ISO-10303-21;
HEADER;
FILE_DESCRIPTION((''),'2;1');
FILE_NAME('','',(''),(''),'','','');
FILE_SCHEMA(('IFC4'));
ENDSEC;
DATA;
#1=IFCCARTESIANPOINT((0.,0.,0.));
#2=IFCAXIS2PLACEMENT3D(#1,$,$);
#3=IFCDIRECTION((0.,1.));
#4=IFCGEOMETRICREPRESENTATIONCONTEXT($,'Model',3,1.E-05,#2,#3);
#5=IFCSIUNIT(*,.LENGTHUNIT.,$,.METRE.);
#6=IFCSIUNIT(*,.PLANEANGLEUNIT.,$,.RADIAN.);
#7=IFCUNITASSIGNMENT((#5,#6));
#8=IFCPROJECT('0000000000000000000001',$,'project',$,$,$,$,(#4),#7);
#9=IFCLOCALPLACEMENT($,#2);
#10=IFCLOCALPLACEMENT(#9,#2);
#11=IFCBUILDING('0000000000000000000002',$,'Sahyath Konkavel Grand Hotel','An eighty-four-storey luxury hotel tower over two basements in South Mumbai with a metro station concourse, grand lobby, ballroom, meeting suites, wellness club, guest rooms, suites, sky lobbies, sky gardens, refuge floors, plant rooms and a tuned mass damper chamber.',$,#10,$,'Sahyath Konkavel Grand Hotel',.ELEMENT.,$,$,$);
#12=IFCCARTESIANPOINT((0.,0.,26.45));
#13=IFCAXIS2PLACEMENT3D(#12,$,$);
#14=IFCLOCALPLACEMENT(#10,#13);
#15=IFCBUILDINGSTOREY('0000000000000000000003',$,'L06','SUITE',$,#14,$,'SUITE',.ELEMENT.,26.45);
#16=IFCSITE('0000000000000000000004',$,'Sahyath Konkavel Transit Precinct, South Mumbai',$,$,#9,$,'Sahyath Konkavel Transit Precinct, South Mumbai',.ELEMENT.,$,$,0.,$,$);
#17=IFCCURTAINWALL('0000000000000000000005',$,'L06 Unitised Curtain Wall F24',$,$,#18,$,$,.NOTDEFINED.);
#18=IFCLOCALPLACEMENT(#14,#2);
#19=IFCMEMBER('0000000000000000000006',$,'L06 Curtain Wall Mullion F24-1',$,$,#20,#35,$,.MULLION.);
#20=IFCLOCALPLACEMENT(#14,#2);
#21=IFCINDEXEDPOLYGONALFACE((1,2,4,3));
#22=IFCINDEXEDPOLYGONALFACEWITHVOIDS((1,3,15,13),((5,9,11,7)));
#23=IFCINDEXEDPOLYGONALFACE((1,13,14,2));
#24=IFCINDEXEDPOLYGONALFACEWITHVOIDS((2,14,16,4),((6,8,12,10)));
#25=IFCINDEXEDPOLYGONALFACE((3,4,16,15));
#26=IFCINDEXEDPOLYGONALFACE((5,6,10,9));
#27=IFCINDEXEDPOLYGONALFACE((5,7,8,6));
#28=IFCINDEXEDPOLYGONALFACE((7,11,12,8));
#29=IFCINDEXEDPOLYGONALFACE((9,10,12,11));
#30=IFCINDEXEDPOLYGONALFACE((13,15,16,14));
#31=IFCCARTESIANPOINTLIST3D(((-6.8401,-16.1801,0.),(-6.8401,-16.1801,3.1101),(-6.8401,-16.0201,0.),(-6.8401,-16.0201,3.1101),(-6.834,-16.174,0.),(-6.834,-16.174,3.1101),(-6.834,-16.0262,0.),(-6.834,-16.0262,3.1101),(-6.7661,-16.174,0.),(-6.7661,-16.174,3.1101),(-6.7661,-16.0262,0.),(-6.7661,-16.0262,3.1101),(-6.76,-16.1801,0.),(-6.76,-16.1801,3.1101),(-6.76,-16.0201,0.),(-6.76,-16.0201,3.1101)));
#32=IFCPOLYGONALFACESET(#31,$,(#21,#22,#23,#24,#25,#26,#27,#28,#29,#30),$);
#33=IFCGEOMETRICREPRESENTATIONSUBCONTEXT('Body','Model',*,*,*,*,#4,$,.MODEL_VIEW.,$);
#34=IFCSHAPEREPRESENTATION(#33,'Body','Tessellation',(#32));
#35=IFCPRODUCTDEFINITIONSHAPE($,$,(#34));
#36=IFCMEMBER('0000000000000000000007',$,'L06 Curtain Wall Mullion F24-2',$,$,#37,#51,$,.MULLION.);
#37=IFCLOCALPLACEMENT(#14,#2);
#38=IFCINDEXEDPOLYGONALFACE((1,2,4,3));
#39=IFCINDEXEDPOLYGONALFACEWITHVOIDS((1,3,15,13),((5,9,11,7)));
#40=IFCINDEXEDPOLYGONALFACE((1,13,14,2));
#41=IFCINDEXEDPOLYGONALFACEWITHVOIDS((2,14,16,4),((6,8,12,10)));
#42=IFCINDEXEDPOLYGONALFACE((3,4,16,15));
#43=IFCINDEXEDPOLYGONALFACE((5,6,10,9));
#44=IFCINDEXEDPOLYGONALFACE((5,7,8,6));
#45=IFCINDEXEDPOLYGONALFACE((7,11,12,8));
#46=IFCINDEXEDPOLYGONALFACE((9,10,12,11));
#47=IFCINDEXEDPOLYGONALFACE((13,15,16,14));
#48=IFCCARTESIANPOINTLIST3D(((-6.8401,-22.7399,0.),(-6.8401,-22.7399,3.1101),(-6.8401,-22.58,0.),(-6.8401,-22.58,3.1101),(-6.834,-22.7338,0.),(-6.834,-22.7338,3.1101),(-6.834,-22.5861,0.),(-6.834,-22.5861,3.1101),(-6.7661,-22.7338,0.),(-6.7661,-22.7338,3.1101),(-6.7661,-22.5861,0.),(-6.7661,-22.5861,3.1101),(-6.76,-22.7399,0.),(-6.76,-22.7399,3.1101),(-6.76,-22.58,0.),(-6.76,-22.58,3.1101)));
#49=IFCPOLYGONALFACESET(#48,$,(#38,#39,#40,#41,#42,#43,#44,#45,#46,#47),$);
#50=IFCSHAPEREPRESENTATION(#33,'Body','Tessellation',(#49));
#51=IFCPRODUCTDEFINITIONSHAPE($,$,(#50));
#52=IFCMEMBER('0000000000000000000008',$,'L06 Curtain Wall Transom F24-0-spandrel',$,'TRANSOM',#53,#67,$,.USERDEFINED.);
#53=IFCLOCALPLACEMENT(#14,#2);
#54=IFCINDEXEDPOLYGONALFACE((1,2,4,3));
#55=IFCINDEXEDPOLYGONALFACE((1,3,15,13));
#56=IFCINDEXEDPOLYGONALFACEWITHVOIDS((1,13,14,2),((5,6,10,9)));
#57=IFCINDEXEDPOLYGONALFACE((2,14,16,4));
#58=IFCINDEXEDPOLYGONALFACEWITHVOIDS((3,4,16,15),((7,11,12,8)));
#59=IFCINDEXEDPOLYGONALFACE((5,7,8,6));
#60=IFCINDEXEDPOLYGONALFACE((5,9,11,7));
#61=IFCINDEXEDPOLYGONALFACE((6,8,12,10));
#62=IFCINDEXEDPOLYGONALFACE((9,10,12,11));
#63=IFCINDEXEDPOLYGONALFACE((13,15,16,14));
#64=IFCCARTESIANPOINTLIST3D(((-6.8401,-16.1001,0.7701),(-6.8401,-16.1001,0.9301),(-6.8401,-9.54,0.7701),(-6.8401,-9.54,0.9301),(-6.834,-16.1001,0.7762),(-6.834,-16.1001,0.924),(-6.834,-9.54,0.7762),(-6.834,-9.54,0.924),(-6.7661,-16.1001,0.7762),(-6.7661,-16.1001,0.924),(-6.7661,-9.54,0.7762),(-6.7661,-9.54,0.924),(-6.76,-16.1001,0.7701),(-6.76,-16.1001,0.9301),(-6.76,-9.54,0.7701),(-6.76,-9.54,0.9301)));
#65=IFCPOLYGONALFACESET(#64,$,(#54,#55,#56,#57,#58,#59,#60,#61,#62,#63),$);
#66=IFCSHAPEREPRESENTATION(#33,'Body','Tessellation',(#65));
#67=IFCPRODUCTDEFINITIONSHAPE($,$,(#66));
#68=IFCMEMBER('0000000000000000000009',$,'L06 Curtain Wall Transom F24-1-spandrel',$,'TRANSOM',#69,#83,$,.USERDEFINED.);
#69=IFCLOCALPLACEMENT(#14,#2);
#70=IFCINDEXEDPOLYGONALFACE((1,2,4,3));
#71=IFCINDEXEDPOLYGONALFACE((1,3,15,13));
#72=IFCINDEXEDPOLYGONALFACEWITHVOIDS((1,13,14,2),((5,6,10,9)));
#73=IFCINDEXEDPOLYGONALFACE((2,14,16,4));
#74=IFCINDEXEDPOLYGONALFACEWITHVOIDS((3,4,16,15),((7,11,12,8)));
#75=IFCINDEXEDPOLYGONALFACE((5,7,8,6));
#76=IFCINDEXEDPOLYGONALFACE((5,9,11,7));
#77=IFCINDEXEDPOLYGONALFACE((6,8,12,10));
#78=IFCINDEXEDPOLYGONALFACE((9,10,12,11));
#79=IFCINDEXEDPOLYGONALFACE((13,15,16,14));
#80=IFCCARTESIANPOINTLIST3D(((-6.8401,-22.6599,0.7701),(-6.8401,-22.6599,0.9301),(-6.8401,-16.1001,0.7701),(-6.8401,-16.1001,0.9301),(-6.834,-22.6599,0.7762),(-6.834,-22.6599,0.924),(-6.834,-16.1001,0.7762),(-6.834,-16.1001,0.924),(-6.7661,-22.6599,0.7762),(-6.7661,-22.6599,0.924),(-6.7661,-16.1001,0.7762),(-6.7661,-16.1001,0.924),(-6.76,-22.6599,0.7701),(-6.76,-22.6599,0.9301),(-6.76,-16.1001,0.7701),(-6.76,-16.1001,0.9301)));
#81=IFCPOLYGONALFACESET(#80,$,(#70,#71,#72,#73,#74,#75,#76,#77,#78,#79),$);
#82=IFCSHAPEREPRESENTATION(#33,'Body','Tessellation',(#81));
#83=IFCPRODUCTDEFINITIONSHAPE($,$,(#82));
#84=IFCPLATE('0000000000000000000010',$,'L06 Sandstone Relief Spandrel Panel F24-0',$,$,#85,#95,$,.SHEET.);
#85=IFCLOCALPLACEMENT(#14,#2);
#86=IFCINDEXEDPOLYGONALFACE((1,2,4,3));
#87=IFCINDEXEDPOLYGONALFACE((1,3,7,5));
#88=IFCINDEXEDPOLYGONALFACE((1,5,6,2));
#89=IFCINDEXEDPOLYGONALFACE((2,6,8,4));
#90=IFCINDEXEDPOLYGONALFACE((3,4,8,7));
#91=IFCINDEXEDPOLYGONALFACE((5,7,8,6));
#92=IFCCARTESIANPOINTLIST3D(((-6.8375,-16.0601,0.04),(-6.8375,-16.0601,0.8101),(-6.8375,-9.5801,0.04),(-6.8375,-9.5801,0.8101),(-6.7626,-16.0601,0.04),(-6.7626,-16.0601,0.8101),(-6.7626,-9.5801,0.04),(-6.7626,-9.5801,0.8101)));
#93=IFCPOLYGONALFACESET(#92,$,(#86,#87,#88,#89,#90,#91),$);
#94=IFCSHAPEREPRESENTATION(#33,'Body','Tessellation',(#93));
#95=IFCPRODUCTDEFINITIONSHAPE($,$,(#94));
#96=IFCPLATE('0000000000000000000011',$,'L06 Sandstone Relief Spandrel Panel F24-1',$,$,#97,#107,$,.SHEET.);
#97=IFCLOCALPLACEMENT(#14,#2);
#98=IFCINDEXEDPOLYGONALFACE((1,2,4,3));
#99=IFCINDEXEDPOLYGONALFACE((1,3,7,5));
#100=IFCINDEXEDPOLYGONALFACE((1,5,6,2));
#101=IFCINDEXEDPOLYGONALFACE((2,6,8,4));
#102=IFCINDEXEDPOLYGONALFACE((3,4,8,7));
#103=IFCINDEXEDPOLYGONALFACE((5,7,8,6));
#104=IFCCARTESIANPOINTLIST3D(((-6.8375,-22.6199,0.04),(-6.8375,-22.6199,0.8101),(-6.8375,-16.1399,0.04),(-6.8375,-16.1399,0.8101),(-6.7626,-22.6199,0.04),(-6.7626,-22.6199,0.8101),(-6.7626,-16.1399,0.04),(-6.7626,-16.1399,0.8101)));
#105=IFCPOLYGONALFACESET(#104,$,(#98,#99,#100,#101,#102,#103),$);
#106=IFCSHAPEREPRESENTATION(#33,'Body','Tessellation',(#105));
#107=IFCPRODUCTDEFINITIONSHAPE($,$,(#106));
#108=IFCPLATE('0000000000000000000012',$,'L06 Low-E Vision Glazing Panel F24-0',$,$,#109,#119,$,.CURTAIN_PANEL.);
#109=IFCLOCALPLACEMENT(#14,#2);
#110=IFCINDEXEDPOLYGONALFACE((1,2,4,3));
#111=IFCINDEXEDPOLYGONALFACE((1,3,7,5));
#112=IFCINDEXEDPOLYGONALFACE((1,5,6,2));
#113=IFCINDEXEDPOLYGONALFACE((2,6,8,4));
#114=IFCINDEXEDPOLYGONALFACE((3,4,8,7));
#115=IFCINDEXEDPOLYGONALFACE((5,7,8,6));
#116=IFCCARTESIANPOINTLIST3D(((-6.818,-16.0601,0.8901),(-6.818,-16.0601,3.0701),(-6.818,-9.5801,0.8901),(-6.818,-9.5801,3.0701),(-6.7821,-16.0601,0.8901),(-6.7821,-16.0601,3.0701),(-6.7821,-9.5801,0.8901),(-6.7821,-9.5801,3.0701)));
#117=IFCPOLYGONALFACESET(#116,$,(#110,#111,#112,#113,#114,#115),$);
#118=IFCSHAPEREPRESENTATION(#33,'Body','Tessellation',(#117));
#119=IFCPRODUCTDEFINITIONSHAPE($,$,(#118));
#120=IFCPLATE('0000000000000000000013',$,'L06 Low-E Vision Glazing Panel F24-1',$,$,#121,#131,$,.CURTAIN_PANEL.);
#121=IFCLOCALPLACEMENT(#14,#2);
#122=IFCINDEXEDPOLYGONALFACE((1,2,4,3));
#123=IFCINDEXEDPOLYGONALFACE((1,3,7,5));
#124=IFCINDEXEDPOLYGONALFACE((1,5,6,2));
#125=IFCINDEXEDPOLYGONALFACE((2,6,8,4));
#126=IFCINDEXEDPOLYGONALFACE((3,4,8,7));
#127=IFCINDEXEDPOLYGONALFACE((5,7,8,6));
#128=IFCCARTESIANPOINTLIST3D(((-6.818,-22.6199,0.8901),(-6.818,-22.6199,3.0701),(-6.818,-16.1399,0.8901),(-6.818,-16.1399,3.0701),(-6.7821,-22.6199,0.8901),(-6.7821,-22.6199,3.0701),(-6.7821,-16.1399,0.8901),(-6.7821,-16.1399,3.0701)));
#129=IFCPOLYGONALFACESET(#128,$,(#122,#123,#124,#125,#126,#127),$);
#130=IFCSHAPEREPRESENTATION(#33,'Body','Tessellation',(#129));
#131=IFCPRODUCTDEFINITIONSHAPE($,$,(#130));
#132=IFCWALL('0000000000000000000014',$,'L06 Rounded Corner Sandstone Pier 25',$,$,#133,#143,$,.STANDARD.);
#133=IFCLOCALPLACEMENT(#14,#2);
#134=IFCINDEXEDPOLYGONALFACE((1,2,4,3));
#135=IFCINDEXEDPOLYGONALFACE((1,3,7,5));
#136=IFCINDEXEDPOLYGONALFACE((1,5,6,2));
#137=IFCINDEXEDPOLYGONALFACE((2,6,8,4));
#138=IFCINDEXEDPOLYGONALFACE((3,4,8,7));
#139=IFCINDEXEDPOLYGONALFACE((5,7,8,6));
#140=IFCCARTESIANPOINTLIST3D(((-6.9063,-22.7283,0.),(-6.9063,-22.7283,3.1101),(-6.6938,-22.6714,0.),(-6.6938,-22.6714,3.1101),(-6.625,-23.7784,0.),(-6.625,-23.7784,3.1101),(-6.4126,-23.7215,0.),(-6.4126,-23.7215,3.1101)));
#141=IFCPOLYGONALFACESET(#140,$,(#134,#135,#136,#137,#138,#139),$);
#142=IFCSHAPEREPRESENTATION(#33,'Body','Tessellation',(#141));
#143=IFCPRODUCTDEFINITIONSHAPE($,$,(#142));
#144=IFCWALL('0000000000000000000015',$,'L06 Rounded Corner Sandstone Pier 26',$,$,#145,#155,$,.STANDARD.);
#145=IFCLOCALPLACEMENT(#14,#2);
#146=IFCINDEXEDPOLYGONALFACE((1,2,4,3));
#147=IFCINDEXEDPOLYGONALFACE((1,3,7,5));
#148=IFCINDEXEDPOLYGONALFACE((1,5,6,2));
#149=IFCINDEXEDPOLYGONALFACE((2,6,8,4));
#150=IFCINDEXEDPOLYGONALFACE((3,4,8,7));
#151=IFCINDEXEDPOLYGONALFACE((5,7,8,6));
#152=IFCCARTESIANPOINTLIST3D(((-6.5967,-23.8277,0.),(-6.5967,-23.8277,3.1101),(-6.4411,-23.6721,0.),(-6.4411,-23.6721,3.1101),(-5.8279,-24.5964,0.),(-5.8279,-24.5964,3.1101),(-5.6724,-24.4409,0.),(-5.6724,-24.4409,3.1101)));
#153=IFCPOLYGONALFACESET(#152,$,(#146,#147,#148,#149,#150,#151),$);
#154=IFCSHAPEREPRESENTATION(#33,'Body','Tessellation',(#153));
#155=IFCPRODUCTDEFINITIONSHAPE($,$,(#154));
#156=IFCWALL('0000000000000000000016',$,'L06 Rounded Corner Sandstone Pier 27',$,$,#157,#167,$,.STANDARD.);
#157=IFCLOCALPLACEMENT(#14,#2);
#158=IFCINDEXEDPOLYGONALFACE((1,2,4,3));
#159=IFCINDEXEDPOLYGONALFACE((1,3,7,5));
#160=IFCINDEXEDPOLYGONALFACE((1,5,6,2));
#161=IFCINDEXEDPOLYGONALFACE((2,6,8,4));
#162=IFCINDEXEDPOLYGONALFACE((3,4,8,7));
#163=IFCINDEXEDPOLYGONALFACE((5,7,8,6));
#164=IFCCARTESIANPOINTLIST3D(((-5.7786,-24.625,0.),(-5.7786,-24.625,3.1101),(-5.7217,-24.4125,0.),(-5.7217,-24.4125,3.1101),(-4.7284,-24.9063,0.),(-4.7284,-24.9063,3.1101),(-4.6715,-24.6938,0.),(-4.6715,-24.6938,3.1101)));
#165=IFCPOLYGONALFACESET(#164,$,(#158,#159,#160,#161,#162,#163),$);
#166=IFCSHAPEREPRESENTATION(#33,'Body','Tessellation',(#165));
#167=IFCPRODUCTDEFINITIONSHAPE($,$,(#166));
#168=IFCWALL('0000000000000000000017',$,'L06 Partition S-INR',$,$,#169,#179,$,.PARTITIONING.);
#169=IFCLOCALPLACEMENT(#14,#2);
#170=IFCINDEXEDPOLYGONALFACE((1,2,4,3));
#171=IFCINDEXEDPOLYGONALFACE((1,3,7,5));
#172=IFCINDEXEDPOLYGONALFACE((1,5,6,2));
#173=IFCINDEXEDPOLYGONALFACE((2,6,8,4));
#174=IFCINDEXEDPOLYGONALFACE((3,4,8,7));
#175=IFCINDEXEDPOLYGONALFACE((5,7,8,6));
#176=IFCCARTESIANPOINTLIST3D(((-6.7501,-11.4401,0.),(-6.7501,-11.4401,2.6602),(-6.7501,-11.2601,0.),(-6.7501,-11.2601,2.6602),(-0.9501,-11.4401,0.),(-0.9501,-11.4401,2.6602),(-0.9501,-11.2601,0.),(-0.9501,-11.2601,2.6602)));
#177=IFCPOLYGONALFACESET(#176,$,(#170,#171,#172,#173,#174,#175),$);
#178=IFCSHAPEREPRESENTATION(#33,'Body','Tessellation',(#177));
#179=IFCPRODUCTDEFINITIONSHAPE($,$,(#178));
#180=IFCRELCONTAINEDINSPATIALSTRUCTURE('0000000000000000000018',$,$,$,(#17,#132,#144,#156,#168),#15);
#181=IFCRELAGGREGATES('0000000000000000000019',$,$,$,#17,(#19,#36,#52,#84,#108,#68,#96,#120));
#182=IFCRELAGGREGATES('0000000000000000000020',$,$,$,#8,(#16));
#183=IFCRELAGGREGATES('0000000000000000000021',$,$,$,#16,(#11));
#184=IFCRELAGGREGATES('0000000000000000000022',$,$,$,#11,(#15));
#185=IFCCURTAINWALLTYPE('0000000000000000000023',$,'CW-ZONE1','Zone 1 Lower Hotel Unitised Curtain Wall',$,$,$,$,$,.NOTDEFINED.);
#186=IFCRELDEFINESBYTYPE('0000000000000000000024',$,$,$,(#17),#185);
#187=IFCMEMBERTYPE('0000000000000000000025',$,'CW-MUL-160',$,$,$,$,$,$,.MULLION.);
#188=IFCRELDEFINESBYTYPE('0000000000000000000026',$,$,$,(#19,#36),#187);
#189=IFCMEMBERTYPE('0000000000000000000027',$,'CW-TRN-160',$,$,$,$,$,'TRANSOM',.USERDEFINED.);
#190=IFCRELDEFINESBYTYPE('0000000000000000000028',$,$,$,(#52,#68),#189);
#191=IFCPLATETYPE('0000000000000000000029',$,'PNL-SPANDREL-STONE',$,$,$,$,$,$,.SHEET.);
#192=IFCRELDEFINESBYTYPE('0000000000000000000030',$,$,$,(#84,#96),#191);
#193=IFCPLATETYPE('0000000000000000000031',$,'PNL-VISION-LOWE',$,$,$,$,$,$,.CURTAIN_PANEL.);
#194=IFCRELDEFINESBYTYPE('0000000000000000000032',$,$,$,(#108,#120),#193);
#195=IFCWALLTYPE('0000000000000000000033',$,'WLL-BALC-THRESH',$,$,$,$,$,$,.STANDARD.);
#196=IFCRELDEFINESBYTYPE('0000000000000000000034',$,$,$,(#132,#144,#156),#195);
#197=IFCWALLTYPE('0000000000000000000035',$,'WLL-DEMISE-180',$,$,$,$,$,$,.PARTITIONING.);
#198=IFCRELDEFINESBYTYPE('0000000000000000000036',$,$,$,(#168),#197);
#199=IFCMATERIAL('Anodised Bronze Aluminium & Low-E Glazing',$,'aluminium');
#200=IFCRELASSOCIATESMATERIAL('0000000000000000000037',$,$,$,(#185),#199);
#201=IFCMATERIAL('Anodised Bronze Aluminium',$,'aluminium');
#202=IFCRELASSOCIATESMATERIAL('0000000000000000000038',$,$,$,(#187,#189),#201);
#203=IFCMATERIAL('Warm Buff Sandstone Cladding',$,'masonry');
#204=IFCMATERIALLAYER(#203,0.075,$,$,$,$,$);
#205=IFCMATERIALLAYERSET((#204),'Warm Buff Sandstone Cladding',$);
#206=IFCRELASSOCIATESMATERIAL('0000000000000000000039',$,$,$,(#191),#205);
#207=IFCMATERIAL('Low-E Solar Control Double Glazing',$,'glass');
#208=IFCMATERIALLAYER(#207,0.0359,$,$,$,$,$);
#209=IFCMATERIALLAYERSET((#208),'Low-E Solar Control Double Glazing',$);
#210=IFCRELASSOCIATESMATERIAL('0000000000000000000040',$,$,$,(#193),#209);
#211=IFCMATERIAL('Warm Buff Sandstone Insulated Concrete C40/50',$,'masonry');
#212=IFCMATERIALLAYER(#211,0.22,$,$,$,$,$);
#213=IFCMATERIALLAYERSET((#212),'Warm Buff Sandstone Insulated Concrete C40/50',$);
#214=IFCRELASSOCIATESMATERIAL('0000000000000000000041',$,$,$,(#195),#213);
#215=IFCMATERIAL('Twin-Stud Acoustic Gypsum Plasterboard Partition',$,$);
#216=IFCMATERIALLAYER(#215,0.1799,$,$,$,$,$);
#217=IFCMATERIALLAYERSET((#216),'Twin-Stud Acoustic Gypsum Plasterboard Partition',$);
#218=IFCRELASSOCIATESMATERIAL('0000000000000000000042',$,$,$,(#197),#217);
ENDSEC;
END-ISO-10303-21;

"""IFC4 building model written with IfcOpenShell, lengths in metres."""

from ifc_helpers import new_model, si_unit, direction, frame, frame_2d, origin, origin_2d, place, context, subcontext, project, spatial, rectangle, hollow_rectangle, extrude, source, transform, mapped, material, layer, layer_set, material_profile, profile_set, type_object, element, aggregate, save


model = new_model("IFC4")

# Units and contexts
model_context = context("Model", 3, precision=1e-05, world=origin(), true_north=direction((0.0, 1.0)))
body_context = subcontext(model_context, "Body", "Model", "MODEL_VIEW")
ifc_project = project(units=[si_unit("LENGTHUNIT", "METRE"), si_unit("PLANEANGLEUNIT", "RADIAN")], contexts=[model_context])

# Site, building, storey
site_placement = place(None, origin())
site = spatial("IfcSite", under=ifc_project, at=site_placement, Name="Sahyath Konkavel Transit Precinct, South Mumbai", LongName="Sahyath Konkavel Transit Precinct, South Mumbai", CompositionType="ELEMENT", RefElevation=0.0)
building_placement = place(site_placement, origin())
building = spatial("IfcBuilding", under=site, at=building_placement, Name="Sahyath Konkavel Grand Hotel", Description="An eighty-four-storey luxury hotel tower over two basements in South Mumbai with a metro station concourse, grand lobby, ballroom, meeting suites, wellness club, guest rooms, suites, sky lobbies, sky gardens, refuge floors, plant rooms and a tuned mass damper chamber.", LongName="Sahyath Konkavel Grand Hotel", CompositionType="ELEMENT")
storey_placement = place(building_placement, frame((0.0, 0.0, 26.45)))
storey = spatial("IfcBuildingStorey", under=building, at=storey_placement, Name="L06", Description="SUITE", LongName="SUITE", CompositionType="ELEMENT", Elevation=26.45)

# Curtain wall
ifc_material_1 = material(Name="Anodised Bronze Aluminium & Low-E Glazing", Category="aluminium")
curtain_wall_type = type_object("IfcCurtainWallType", Name="CW-ZONE1", Description="Zone 1 Lower Hotel Unitised Curtain Wall", PredefinedType="NOTDEFINED", material=ifc_material_1)
curtain_wall_1_placement = place(storey_placement, origin())
curtain_wall_1 = element("IfcCurtainWall", 1, at=curtain_wall_1_placement, inside=storey, type_object=curtain_wall_type, Name="L06 Unitised Curtain Wall F24", PredefinedType="NOTDEFINED")

# Members
ifc_material_2 = material(Name="Anodised Bronze Aluminium", Category="aluminium")
ifc_material_profile_1 = material_profile(ifc_material_2, hollow_rectangle(XDim=0.0801, YDim=0.1599, WallThickness=0.0061, at=origin_2d()), Name="RHS 160x80x6")
ifc_profile_set_1 = profile_set([ifc_material_profile_1], Name="Anodised Bronze Aluminium")
member_type_1 = type_object("IfcMemberType", Name="CW-MUL-160", PredefinedType="MULLION", material=ifc_profile_set_1)
shared_shape_1 = source(origin(), body_context, "Body", "SweptSolid", [
    extrude(hollow_rectangle(XDim=0.0801, YDim=0.1599, WallThickness=0.0061, at=origin_2d()), origin(), (0.0, 0.0, 1.0), 3.1101),
])
member_1_placement = place(storey_placement, frame((-6.8, -16.1001, 0.0), z_axis=(0.0, 0.0, 1.0), x_axis=(1.0, 0.0, 0.0)))
member_1 = element("IfcMember", 2, at=member_1_placement, type_object=member_type_1, Name="L06 Curtain Wall Mullion F24-1", PredefinedType="MULLION", context=body_context, shape_type="MappedRepresentation", body=[
    mapped(shared_shape_1, transform((0.0, 0.0, 0.0), scale=1.0)),
])
member_2_placement = place(storey_placement, frame((-6.8, -22.6599, 0.0), z_axis=(0.0, 0.0, 1.0), x_axis=(1.0, 0.0, 0.0)))
member_2 = element("IfcMember", 3, at=member_2_placement, type_object=member_type_1, Name="L06 Curtain Wall Mullion F24-2", PredefinedType="MULLION", context=body_context, shape_type="MappedRepresentation", body=[
    mapped(shared_shape_1, transform((0.0, 0.0, 0.0), scale=1.0)),
])
ifc_material_profile_2 = material_profile(ifc_material_2, hollow_rectangle(XDim=0.0801, YDim=0.1599, WallThickness=0.0061, at=origin_2d()), Name="RHS 160x80x6")
ifc_profile_set_2 = profile_set([ifc_material_profile_2], Name="Anodised Bronze Aluminium")
member_type_2 = type_object("IfcMemberType", Name="CW-TRN-160", ElementType="TRANSOM", PredefinedType="USERDEFINED", material=ifc_profile_set_2)
shared_shape_2 = source(origin(), body_context, "Body", "SweptSolid", [
    extrude(hollow_rectangle(XDim=0.0801, YDim=0.1599, WallThickness=0.0061, at=origin_2d()), origin(), (0.0, 0.0, 1.0), 6.5601),
])
member_3_placement = place(storey_placement, frame((-6.8, -9.54, 0.8501), z_axis=(0.0, -1.0, 0.0), x_axis=(1.0, 0.0, 0.0)))
member_3 = element("IfcMember", 4, at=member_3_placement, type_object=member_type_2, Name="L06 Curtain Wall Transom F24-0-spandrel", ObjectType="TRANSOM", PredefinedType="USERDEFINED", context=body_context, shape_type="MappedRepresentation", body=[
    mapped(shared_shape_2, transform((0.0, 0.0, 0.0), scale=1.0)),
])
shared_shape_3 = source(origin(), body_context, "Body", "SweptSolid", [
    extrude(hollow_rectangle(XDim=0.0801, YDim=0.1599, WallThickness=0.0061, at=origin_2d()), origin(), (0.0, 0.0, 1.0), 6.5598),
])
member_4_placement = place(storey_placement, frame((-6.8, -16.1001, 0.8501), z_axis=(0.0, -1.0, 0.0), x_axis=(1.0, 0.0, 0.0)))
member_4 = element("IfcMember", 5, at=member_4_placement, type_object=member_type_2, Name="L06 Curtain Wall Transom F24-1-spandrel", ObjectType="TRANSOM", PredefinedType="USERDEFINED", context=body_context, shape_type="MappedRepresentation", body=[
    mapped(shared_shape_3, transform((0.0, 0.0, 0.0), scale=1.0)),
])

# Plates
ifc_material_3 = material(Name="Warm Buff Sandstone Cladding", Category="masonry")
ifc_layer_1 = layer(ifc_material_3, 0.075)
ifc_layer_set_1 = layer_set([ifc_layer_1], Name="Warm Buff Sandstone Cladding")
plate_type_1 = type_object("IfcPlateType", Name="PNL-SPANDREL-STONE", PredefinedType="SHEET", material=ifc_layer_set_1)
shared_shape_4 = source(origin(), body_context, "Body", "SweptSolid", [
    extrude(rectangle(XDim=6.48, YDim=0.075, at=origin_2d()), origin(), (0.0, 0.0, 1.0), 0.77),
])
plate_1_placement = place(storey_placement, frame((-6.8, -12.8201, 0.04), z_axis=(0.0, 0.0, 1.0), x_axis=(0.0, -1.0, 0.0)))
plate_1 = element("IfcPlate", 6, at=plate_1_placement, type_object=plate_type_1, Name="L06 Sandstone Relief Spandrel Panel F24-0", PredefinedType="SHEET", context=body_context, shape_type="MappedRepresentation", body=[
    mapped(shared_shape_4, transform((0.0, 0.0, 0.0), scale=1.0)),
])
plate_2_placement = place(storey_placement, frame((-6.8, -19.3799, 0.04), z_axis=(0.0, 0.0, 1.0), x_axis=(0.0, -1.0, 0.0)))
plate_2 = element("IfcPlate", 7, at=plate_2_placement, type_object=plate_type_1, Name="L06 Sandstone Relief Spandrel Panel F24-1", PredefinedType="SHEET", context=body_context, shape_type="MappedRepresentation", body=[
    mapped(shared_shape_4, transform((0.0, 0.0, 0.0), scale=1.0)),
])
ifc_material_4 = material(Name="Low-E Solar Control Double Glazing", Category="glass")
ifc_layer_2 = layer(ifc_material_4, 0.0359)
ifc_layer_set_2 = layer_set([ifc_layer_2], Name="Low-E Solar Control Double Glazing")
plate_type_2 = type_object("IfcPlateType", Name="PNL-VISION-LOWE", PredefinedType="CURTAIN_PANEL", material=ifc_layer_set_2)
shared_shape_5 = source(origin(), body_context, "Body", "SweptSolid", [
    extrude(rectangle(XDim=6.48, YDim=0.0359, at=origin_2d()), origin(), (0.0, 0.0, 1.0), 2.1799),
])
plate_3_placement = place(storey_placement, frame((-6.8, -12.8201, 0.8901), z_axis=(0.0, 0.0, 1.0), x_axis=(0.0, -1.0, 0.0)))
plate_3 = element("IfcPlate", 8, at=plate_3_placement, type_object=plate_type_2, Name="L06 Low-E Vision Glazing Panel F24-0", PredefinedType="CURTAIN_PANEL", context=body_context, shape_type="MappedRepresentation", body=[
    mapped(shared_shape_5, transform((0.0, 0.0, 0.0), scale=1.0)),
])
plate_4_placement = place(storey_placement, frame((-6.8, -19.3799, 0.8901), z_axis=(0.0, 0.0, 1.0), x_axis=(0.0, -1.0, 0.0)))
plate_4 = element("IfcPlate", 9, at=plate_4_placement, type_object=plate_type_2, Name="L06 Low-E Vision Glazing Panel F24-1", PredefinedType="CURTAIN_PANEL", context=body_context, shape_type="MappedRepresentation", body=[
    mapped(shared_shape_5, transform((0.0, 0.0, 0.0), scale=1.0)),
])
aggregate(curtain_wall_1, [member_1, member_2, member_3, plate_1, plate_3, member_4, plate_2, plate_4])

# Walls
ifc_material_5 = material(Name="Warm Buff Sandstone Insulated Concrete C40/50", Category="masonry")
ifc_layer_3 = layer(ifc_material_5, 0.22)
ifc_layer_set_3 = layer_set([ifc_layer_3], Name="Warm Buff Sandstone Insulated Concrete C40/50")
wall_type_1 = type_object("IfcWallType", Name="WLL-BALC-THRESH", PredefinedType="STANDARD", material=ifc_layer_set_3)
for number, where, z_axis, x_axis, name in (
    (10, (-6.8, -22.7, 0.0), (0.0, 0.0, 1.0), (0.258725, -0.965951, 0.0), "L06 Rounded Corner Sandstone Pier 25"),
    (11, (-6.5188, -23.75, 0.0), (0.0, 0.0, 1.0), (0.707107, -0.707107, 0.0), "L06 Rounded Corner Sandstone Pier 26"),
    (12, (-5.75, -24.5188, 0.0), (0.0, 0.0, 1.0), (0.965951, -0.258725, 0.0), "L06 Rounded Corner Sandstone Pier 27"),
):
    element("IfcWall", number, at=place(storey_placement, frame(where, z_axis=z_axis, x_axis=x_axis)), inside=storey, type_object=wall_type_1, Name=name, PredefinedType="STANDARD", context=body_context, shape_type="SweptSolid", body=[
        extrude(rectangle(XDim=1.0872, YDim=0.22, at=frame_2d((0.5435, 0.0))), origin(), (0.0, 0.0, 1.0), 3.1101),
    ])
ifc_material_6 = material(Name="Twin-Stud Acoustic Gypsum Plasterboard Partition")
ifc_layer_4 = layer(ifc_material_6, 0.1799)
ifc_layer_set_4 = layer_set([ifc_layer_4], Name="Twin-Stud Acoustic Gypsum Plasterboard Partition")
wall_type_2 = type_object("IfcWallType", Name="WLL-DEMISE-180", PredefinedType="PARTITIONING", material=ifc_layer_set_4)
wall_1_placement = place(storey_placement, frame((-6.75, -11.3501, 0.0), z_axis=(0.0, 0.0, 1.0), x_axis=(1.0, 0.0, 0.0)))
element("IfcWall", 13, at=wall_1_placement, inside=storey, type_object=wall_type_2, Name="L06 Partition S-INR", PredefinedType="PARTITIONING", context=body_context, shape_type="SweptSolid", body=[
    extrude(rectangle(XDim=5.8, YDim=0.1799, at=frame_2d((2.8999, 0.0))), origin(), (0.0, 0.0, 1.0), 2.6602),
])

save(model, "model.ifc")
